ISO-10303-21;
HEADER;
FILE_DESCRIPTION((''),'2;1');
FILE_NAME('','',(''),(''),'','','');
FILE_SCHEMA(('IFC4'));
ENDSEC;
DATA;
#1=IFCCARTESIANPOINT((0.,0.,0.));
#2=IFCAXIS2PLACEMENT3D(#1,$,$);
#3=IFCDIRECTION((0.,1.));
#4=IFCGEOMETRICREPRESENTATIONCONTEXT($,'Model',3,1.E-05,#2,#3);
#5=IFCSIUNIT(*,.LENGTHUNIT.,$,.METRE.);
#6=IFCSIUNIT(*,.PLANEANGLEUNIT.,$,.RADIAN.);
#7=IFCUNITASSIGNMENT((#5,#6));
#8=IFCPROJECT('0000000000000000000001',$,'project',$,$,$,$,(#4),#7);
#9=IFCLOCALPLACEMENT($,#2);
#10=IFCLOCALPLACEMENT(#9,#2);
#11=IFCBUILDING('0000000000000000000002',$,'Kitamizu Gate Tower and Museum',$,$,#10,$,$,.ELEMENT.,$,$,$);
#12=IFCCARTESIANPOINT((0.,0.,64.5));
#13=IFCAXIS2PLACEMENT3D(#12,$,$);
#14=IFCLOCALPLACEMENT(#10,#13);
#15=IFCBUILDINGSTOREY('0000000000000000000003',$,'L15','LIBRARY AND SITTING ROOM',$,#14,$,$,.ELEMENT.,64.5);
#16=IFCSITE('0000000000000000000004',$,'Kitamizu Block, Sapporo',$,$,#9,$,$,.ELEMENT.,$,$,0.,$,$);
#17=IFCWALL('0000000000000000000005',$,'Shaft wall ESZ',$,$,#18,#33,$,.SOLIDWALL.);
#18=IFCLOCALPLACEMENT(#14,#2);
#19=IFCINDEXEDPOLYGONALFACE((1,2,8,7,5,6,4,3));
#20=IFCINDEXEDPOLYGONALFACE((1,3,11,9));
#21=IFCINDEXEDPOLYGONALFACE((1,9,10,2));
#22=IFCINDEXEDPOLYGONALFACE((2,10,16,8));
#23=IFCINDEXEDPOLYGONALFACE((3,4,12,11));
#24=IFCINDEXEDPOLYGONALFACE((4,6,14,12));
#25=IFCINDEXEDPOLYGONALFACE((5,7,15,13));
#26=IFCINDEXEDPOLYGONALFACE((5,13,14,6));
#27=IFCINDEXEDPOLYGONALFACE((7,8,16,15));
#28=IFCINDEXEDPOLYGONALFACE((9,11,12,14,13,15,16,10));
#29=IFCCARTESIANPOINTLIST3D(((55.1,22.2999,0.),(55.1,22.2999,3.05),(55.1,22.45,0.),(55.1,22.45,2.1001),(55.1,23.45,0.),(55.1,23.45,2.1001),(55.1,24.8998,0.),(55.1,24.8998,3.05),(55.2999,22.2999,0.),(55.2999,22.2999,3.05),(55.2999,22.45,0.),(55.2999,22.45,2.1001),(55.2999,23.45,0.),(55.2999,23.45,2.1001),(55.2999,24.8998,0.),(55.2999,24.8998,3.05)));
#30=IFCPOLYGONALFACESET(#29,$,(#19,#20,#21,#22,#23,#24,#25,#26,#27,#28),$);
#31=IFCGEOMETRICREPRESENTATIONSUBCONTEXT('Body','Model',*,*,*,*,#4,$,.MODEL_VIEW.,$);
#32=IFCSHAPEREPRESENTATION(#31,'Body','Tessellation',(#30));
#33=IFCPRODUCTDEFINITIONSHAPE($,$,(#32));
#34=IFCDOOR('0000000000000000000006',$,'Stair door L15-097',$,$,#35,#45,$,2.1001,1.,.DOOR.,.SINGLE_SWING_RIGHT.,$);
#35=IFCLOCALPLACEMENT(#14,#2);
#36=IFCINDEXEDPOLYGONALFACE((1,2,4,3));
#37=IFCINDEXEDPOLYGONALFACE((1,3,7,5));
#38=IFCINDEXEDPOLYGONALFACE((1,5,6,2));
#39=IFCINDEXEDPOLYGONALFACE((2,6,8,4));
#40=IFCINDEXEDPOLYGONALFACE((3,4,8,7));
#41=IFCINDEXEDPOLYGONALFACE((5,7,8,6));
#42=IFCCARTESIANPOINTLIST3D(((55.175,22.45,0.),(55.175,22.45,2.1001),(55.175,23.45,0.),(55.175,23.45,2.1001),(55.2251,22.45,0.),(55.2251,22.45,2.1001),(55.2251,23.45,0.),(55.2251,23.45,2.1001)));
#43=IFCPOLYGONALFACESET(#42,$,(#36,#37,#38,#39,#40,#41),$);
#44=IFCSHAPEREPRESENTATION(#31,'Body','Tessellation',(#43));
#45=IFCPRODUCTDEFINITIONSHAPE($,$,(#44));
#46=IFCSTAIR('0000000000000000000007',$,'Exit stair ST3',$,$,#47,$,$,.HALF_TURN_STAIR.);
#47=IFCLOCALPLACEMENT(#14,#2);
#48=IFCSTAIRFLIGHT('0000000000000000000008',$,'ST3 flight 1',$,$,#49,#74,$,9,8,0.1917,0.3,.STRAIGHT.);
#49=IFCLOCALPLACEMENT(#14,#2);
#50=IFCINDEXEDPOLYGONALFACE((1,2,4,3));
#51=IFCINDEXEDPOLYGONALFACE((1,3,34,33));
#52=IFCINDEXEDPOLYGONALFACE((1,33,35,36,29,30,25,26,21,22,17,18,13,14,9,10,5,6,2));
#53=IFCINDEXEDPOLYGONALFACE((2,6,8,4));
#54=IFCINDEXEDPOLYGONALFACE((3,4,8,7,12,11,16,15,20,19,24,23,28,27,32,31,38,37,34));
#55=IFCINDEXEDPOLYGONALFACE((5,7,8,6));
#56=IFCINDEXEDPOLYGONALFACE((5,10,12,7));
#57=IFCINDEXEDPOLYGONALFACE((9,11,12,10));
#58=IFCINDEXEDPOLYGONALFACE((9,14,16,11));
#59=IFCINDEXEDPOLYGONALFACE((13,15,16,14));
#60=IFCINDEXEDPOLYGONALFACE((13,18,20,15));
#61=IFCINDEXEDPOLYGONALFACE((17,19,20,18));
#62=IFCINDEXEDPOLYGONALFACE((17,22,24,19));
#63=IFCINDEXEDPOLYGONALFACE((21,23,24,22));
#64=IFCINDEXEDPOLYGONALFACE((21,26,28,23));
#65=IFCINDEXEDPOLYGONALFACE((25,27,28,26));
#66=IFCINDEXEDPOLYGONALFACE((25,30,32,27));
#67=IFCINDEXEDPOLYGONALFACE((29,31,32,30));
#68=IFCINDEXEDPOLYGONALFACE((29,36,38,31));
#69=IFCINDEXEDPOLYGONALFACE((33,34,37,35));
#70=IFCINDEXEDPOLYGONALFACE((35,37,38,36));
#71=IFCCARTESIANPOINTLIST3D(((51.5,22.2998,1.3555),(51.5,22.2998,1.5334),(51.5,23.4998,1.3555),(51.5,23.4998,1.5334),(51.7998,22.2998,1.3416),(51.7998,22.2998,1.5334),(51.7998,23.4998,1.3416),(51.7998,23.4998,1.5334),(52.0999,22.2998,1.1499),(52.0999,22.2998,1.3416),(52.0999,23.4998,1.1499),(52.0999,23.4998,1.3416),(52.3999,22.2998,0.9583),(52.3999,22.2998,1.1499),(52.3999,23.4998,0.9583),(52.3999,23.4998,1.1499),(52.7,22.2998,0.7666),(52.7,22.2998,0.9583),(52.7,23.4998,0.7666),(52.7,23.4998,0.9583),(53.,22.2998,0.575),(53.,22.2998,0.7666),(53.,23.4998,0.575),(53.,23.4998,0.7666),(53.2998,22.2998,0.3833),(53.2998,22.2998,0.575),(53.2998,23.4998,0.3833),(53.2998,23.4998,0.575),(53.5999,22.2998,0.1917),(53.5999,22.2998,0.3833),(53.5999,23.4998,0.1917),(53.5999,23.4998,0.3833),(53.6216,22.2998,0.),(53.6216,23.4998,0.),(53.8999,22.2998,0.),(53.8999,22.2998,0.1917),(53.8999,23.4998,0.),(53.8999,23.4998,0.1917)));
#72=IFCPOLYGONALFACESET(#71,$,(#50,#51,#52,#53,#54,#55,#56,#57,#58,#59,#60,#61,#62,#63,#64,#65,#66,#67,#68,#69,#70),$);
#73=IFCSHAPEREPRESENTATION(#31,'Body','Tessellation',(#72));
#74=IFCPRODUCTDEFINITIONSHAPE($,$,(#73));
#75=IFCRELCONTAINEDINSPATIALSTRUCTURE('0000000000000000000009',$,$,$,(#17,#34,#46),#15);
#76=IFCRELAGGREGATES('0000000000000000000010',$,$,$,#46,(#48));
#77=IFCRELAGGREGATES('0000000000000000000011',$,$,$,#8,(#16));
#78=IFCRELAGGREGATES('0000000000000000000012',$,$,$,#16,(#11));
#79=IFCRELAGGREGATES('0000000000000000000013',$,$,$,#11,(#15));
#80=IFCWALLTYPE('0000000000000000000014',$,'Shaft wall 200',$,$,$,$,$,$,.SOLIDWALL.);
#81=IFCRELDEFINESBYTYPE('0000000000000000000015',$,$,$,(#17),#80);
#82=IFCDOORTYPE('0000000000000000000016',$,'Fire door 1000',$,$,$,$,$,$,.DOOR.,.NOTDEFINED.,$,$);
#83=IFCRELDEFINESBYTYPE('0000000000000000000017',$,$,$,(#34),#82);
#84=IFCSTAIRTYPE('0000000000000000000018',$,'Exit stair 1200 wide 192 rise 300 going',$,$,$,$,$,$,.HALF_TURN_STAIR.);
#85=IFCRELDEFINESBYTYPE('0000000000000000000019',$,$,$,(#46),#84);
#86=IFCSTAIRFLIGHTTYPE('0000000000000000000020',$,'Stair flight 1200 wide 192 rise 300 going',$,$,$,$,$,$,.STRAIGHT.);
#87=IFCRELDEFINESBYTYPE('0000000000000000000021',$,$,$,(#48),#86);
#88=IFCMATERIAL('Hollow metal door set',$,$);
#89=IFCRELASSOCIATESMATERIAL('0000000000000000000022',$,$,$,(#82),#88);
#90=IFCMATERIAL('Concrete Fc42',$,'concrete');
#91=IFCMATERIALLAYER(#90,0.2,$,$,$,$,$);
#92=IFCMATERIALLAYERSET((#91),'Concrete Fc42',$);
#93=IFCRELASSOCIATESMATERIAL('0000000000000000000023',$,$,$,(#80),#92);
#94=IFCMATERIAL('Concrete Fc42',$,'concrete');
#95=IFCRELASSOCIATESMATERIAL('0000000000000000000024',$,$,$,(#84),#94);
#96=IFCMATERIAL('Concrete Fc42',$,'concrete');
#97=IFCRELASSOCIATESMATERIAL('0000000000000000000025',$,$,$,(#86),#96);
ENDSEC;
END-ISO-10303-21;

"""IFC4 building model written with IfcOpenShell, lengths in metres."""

from ifc_helpers import new_model, si_unit, direction, frame, frame_2d, origin, place, context, subcontext, project, spatial, polyline, rectangle, outline, extrude, material, layer, layer_set, type_object, element, fill, aggregate, save


model = new_model("IFC4")

# Units and contexts
model_context = context("Model", 3, precision=1e-05, world=origin(), true_north=direction((0.0, 1.0)))
body_context = subcontext(model_context, "Body", "Model", "MODEL_VIEW")
ifc_project = project(units=[si_unit("LENGTHUNIT", "METRE"), si_unit("PLANEANGLEUNIT", "RADIAN")], contexts=[model_context])

# Site, building, storey
site_placement = place(None, origin())
site = spatial("IfcSite", under=ifc_project, at=site_placement, Name="Kitamizu Block, Sapporo", CompositionType="ELEMENT", RefElevation=0.0)
building_placement = place(site_placement, origin())
building = spatial("IfcBuilding", under=site, at=building_placement, Name="Kitamizu Gate Tower and Museum", CompositionType="ELEMENT")
storey_placement = place(building_placement, frame((0.0, 0.0, 64.5)))
storey = spatial("IfcBuildingStorey", under=building, at=storey_placement, Name="L15", Description="LIBRARY AND SITTING ROOM", CompositionType="ELEMENT", Elevation=64.5)

# Shared definitions
ifc_material_1 = material(Name="Hollow metal door set")
door_type_1 = type_object("IfcDoorType", Name="Fire door 1000", OperationType="NOTDEFINED", PredefinedType="DOOR", material=ifc_material_1)

# Shared definitions
ifc_material_2 = material(Name="Concrete Fc42", Category="concrete")
ifc_layer_1 = layer(ifc_material_2, 0.2)
ifc_layer_set_1 = layer_set([ifc_layer_1], Name="Concrete Fc42")
wall_type_1 = type_object("IfcWallType", Name="Shaft wall 200", PredefinedType="SOLIDWALL", material=ifc_layer_set_1)

# Wall, opening, door
wall_1_placement = place(storey_placement, frame((55.2, 22.3, 0.0), z_axis=(0.0, 0.0, 1.0), x_axis=(0.0, 1.0, 0.0)))
wall_1 = element("IfcWall", 1, at=wall_1_placement, inside=storey, type_object=wall_type_1, Name="Shaft wall ESZ", PredefinedType="SOLIDWALL", context=body_context, shape_type="SweptSolid", body=[
    extrude(rectangle(XDim=2.5999, YDim=0.2, at=frame_2d((1.2998, 0.0))), origin(), (0.0, 0.0, 1.0), 3.05),
])
opening_1_placement = place(wall_1_placement, frame((0.1499, 0.0, 0.0)))
opening_1 = element("IfcOpeningElement", 2, at=opening_1_placement, cuts=wall_1, PredefinedType="OPENING", context=body_context, shape_type="SweptSolid", body=[
    extrude(rectangle(XDim=1.0, YDim=2.1001, at=frame_2d((0.5, 1.05))), frame((0.0, 0.1099, 0.0), z_axis=(0.0, -1.0, 0.0), x_axis=(1.0, 0.0, 0.0)), (0.0, 0.0, 1.0), 0.22),
])
door_1_placement = place(opening_1_placement, origin())
door_1 = element("IfcDoor", 3, at=door_1_placement, inside=storey, type_object=door_type_1, Name="Stair door L15-097", OperationType="SINGLE_SWING_RIGHT", OverallHeight=2.1001, OverallWidth=1.0, PredefinedType="DOOR", context=body_context, shape_type="SweptSolid", body=[
    extrude(rectangle(XDim=1.0, YDim=2.1001, at=frame_2d((0.5, 1.05))), frame((0.0, 0.0249, 0.0), z_axis=(0.0, -1.0, 0.0), x_axis=(1.0, 0.0, 0.0)), (0.0, 0.0, 1.0), 0.05),
])
fill(opening_1, door_1)

# Stair, stair flight
ifc_material_3 = material(Name="Concrete Fc42", Category="concrete")
stair_type = type_object("IfcStairType", Name="Exit stair 1200 wide 192 rise 300 going", PredefinedType="HALF_TURN_STAIR", material=ifc_material_3)
stair_placement = place(storey_placement, origin())
stair = element("IfcStair", 4, at=stair_placement, inside=storey, type_object=stair_type, Name="Exit stair ST3", PredefinedType="HALF_TURN_STAIR")
ifc_material_4 = material(Name="Concrete Fc42", Category="concrete")
stair_flight_type = type_object("IfcStairFlightType", Name="Stair flight 1200 wide 192 rise 300 going", PredefinedType="STRAIGHT", material=ifc_material_4)
stair_flight_placement = place(storey_placement, frame((53.8999, 22.8999, 0.0), z_axis=(0.0, 0.0, 1.0), x_axis=(-1.0, 0.0, 0.0)))
stair_flight = element("IfcStairFlight", 5, at=stair_flight_placement, type_object=stair_flight_type, Name="ST3 flight 1", NumberOfRisers=9, NumberOfTreads=8, PredefinedType="STRAIGHT", RiserHeight=0.1917, TreadLength=0.3, context=body_context, shape_type="SweptSolid", body=[
    extrude(outline(polyline([(0.0, 0.0), (0.0, 0.1917), (0.3, 0.1917), (0.3, 0.3833), (0.6001, 0.3833), (0.6001, 0.575), (0.8999, 0.575), (0.8999, 0.7666), (1.2, 0.7666), (1.2, 0.9583), (1.5, 0.9583), (1.5, 1.1499), (1.8, 1.1499), (1.8, 1.3416), (2.1001, 1.3416), (2.1001, 1.5334), (2.3999, 1.5334), (2.3999, 1.7251), (2.3999, 1.3555), (0.2783, 0.0), (0.0, 0.0)])), frame((0.0, 0.6001, 0.0), z_axis=(0.0, -1.0, 0.0), x_axis=(1.0, 0.0, 0.0)), (0.0, 0.0, 1.0), 1.2),
])
aggregate(stair, [stair_flight])

save(model, "model.ifc")
